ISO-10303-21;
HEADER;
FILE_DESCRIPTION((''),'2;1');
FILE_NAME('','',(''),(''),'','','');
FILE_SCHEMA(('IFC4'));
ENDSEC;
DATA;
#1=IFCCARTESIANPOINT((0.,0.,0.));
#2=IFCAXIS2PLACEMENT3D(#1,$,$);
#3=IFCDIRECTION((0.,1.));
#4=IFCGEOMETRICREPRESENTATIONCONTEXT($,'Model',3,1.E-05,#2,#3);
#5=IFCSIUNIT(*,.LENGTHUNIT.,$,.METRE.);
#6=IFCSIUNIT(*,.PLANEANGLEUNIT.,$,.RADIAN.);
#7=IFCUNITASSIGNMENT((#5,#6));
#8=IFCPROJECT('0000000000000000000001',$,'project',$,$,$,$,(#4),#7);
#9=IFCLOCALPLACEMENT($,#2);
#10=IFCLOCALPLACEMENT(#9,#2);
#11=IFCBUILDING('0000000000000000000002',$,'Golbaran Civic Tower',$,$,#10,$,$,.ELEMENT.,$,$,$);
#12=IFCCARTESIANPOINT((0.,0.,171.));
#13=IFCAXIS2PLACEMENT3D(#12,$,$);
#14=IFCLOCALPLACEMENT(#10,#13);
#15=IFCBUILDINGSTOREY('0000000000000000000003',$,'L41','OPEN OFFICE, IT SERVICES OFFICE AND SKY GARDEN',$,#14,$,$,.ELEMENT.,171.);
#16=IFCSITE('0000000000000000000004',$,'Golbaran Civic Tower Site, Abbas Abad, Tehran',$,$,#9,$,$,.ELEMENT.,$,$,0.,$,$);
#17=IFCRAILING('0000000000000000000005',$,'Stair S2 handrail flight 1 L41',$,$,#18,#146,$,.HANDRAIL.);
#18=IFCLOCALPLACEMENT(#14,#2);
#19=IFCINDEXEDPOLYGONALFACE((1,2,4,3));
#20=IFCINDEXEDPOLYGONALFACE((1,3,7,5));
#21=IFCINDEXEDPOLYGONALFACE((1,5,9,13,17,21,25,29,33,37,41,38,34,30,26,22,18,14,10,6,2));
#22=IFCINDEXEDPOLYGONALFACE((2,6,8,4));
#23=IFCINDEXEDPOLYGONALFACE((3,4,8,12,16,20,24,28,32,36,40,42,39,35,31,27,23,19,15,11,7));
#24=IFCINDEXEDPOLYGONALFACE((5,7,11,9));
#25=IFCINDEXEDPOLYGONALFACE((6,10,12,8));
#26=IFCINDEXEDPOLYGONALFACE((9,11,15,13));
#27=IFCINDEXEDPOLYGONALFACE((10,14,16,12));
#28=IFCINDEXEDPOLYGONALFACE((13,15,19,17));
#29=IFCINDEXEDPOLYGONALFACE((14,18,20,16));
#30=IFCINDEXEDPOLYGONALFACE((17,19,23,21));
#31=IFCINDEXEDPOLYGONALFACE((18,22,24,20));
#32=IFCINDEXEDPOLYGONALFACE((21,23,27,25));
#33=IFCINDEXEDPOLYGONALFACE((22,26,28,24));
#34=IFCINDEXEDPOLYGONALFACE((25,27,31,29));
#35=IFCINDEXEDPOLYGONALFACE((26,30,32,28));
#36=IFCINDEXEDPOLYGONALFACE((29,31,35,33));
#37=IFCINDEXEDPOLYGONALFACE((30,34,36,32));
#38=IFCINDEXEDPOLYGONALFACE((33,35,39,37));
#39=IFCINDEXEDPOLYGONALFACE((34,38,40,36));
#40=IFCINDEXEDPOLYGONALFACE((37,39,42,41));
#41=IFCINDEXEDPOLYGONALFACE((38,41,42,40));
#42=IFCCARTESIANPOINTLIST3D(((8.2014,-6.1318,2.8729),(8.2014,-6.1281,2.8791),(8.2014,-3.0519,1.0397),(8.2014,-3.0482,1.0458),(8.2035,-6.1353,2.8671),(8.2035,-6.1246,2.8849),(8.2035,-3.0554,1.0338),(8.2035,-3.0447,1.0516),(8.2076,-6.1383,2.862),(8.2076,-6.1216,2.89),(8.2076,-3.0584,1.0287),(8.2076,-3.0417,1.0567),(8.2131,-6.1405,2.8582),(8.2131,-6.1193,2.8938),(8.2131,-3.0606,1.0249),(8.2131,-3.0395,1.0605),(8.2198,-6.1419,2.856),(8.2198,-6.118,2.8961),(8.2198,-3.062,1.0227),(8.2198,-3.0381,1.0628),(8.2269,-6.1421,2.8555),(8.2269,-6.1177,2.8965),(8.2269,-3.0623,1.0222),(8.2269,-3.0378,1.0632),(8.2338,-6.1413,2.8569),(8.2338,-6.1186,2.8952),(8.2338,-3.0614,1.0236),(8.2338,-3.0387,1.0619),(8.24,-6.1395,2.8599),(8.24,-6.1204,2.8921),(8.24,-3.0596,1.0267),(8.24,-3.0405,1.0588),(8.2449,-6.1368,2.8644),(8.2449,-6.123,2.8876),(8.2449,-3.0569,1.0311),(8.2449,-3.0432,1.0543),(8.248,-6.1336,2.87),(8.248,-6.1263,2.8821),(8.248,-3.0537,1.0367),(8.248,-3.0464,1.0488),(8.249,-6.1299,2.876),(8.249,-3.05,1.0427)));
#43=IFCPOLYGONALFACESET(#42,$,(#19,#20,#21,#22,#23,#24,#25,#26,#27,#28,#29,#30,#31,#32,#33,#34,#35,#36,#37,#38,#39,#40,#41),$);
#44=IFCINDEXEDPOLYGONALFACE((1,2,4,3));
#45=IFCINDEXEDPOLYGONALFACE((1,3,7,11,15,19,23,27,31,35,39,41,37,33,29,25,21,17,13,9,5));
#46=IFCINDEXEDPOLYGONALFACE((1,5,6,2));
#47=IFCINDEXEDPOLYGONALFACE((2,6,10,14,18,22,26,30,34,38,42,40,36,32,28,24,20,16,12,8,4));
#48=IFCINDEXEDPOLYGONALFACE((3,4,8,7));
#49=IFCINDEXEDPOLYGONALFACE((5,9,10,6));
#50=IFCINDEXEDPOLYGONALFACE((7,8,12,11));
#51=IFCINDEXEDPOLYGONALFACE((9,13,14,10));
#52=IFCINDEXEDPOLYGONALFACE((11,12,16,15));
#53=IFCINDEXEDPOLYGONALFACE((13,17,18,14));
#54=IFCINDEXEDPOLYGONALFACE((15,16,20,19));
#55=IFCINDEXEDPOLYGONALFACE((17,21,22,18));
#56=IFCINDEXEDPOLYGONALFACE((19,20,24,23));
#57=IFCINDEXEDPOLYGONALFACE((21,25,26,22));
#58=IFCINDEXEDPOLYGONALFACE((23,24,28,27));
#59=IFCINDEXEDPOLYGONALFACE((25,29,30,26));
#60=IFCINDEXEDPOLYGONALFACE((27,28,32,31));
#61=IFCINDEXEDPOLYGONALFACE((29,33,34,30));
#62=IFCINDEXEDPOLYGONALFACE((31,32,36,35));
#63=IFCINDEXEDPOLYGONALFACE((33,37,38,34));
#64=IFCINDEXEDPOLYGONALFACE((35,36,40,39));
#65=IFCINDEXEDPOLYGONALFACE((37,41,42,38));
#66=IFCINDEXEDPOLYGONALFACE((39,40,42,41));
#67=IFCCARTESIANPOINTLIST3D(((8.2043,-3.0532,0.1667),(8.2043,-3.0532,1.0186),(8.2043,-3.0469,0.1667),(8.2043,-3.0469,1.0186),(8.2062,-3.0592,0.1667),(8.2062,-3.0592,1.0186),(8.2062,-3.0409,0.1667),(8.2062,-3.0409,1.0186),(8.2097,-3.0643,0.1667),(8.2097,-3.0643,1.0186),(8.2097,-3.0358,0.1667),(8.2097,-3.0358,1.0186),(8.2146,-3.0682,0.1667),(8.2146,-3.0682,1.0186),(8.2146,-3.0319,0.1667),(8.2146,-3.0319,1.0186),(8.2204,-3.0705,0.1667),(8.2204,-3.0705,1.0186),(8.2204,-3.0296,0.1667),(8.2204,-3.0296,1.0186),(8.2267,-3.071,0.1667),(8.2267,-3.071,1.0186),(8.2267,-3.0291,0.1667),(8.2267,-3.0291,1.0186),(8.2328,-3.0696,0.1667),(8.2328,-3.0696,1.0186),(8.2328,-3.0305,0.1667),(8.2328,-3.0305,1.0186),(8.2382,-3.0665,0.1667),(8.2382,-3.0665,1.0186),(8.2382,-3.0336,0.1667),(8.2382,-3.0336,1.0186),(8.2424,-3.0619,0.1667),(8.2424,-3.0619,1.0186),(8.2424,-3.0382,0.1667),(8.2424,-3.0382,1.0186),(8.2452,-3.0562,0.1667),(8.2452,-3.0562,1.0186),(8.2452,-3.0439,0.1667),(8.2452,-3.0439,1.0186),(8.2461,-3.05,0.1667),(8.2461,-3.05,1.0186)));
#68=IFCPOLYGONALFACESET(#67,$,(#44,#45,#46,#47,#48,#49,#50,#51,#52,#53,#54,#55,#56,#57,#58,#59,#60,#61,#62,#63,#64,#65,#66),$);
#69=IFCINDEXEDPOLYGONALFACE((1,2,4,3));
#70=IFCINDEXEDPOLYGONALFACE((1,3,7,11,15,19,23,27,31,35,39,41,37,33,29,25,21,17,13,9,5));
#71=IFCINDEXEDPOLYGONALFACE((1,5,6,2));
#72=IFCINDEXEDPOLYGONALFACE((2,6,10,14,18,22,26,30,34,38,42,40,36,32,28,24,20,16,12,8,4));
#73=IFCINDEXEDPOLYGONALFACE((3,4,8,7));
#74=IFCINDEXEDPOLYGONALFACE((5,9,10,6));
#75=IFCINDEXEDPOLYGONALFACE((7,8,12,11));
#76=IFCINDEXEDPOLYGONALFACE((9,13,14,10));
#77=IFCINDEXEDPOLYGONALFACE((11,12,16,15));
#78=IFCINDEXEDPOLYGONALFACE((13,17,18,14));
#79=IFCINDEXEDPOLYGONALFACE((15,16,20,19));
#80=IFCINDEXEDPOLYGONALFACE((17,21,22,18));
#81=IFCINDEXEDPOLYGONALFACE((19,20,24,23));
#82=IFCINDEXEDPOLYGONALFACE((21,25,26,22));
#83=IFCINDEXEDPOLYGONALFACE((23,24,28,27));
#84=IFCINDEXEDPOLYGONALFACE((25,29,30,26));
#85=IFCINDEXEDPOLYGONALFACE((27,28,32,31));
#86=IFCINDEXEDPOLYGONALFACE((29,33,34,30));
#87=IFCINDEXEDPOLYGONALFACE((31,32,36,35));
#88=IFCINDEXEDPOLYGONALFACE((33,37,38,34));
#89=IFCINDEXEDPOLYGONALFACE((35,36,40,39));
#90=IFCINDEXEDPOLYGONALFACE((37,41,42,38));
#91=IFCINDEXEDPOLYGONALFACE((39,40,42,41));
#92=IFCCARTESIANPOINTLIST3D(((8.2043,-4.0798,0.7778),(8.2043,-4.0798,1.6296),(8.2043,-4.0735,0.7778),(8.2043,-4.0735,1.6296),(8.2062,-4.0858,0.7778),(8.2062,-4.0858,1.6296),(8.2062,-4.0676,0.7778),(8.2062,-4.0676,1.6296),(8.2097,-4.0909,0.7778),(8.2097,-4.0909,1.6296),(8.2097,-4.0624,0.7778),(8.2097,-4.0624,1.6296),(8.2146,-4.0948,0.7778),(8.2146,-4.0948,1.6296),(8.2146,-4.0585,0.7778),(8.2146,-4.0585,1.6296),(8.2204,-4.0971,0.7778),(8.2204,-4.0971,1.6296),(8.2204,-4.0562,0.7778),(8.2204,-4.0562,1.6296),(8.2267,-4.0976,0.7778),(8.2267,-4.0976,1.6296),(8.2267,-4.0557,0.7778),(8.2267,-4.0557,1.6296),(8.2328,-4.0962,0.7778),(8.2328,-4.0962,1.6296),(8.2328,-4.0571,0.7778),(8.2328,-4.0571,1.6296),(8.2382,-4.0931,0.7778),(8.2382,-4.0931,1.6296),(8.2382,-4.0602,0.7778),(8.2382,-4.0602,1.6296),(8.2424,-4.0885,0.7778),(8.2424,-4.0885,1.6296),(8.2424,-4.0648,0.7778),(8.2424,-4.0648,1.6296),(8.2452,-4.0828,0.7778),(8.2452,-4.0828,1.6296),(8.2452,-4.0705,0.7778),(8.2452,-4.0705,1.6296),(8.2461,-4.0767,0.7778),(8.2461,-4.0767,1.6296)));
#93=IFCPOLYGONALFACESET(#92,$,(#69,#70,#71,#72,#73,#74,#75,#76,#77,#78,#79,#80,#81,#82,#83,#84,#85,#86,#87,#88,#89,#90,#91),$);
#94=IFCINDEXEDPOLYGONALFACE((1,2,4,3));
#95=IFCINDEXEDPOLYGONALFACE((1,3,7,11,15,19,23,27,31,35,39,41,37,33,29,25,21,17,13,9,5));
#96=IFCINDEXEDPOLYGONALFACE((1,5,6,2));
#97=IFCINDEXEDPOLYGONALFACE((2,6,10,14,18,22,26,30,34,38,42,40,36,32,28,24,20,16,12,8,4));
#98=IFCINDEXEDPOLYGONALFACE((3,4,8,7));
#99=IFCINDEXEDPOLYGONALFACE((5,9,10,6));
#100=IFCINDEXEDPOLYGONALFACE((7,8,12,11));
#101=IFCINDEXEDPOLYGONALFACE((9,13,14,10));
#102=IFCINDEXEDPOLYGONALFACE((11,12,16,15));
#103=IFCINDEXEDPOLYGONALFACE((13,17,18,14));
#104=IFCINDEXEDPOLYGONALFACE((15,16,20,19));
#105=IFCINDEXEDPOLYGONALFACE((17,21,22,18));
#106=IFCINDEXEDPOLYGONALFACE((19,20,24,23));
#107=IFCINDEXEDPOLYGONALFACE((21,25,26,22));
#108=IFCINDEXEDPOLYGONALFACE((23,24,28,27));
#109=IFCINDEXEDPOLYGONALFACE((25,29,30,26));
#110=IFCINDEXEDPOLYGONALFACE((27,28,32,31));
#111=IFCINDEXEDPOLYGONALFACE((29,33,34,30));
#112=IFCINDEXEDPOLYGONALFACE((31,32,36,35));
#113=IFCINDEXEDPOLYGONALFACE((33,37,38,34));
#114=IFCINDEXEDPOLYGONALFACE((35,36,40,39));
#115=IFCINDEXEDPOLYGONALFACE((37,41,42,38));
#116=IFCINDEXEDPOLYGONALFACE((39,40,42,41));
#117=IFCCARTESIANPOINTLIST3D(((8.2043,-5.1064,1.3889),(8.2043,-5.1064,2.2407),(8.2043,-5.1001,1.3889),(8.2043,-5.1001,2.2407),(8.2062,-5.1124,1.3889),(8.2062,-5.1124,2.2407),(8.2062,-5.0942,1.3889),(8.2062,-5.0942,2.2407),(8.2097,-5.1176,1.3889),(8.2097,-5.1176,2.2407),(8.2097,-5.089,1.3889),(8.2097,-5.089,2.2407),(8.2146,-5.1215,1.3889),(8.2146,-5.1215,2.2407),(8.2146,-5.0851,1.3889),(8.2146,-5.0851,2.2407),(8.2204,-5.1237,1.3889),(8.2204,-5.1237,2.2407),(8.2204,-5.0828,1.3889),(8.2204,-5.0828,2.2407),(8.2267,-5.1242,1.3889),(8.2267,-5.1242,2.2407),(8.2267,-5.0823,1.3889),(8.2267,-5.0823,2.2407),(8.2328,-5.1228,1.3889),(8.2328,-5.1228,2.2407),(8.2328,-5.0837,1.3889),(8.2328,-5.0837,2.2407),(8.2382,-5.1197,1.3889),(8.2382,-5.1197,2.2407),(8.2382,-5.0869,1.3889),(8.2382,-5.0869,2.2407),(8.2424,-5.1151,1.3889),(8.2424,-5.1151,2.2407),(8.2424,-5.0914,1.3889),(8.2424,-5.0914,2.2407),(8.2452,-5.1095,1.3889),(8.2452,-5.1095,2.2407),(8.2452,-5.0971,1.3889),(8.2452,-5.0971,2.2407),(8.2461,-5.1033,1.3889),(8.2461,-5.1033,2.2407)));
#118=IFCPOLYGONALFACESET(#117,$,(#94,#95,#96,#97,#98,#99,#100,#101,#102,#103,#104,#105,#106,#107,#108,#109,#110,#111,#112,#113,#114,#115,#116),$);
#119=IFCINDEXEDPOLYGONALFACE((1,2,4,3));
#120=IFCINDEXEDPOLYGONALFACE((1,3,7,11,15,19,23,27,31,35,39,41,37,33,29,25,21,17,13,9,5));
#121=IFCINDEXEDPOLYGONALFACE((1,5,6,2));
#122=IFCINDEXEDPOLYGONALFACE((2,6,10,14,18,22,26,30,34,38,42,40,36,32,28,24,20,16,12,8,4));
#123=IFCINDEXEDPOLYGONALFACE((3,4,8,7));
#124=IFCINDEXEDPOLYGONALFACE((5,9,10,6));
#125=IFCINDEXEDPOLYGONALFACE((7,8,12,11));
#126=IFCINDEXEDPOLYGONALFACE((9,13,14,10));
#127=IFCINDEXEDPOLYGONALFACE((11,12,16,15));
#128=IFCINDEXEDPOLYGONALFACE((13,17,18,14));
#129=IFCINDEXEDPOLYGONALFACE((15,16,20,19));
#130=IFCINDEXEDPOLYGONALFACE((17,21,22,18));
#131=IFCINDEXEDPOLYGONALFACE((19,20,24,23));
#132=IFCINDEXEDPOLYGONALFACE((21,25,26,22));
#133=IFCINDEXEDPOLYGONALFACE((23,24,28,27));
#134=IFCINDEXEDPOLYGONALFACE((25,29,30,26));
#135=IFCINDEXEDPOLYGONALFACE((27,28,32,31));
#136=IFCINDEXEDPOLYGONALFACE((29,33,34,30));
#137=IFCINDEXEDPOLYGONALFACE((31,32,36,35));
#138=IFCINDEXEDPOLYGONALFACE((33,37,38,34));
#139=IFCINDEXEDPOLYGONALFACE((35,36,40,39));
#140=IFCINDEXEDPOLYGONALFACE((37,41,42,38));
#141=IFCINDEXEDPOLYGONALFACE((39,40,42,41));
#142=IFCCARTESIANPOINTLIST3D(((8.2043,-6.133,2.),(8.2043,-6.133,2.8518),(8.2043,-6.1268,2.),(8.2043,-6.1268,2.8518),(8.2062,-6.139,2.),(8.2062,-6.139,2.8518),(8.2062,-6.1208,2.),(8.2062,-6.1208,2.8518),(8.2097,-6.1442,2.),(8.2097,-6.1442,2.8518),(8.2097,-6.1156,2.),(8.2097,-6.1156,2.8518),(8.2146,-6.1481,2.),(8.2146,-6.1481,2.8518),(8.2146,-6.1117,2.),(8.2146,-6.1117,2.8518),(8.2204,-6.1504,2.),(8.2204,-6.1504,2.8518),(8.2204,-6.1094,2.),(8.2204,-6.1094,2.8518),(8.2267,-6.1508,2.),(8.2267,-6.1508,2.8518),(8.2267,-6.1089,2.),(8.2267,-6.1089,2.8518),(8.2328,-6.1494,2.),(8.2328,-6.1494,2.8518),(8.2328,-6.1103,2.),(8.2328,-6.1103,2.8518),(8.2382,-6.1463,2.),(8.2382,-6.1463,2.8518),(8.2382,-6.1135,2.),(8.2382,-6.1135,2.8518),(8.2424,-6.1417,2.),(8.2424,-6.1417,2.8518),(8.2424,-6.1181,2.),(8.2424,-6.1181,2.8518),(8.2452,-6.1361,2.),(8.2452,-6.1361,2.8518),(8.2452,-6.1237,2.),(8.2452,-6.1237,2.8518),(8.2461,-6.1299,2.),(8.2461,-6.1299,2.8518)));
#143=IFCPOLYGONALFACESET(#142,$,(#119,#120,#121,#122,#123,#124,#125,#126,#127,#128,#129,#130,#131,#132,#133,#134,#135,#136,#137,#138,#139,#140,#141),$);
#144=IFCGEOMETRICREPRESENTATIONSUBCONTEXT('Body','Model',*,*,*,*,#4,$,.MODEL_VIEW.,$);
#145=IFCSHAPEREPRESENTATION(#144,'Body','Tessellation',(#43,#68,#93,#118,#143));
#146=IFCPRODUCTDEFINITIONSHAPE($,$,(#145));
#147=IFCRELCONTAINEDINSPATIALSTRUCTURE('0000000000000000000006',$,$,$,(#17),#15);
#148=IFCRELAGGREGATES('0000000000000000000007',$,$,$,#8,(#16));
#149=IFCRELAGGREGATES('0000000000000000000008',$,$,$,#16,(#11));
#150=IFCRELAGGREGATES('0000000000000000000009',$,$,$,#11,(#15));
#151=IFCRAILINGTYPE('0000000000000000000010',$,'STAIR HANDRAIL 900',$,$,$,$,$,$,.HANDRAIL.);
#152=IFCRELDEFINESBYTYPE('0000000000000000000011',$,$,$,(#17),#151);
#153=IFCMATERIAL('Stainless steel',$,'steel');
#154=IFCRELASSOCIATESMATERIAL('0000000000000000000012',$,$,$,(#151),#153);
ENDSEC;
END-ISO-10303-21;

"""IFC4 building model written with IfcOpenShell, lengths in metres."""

from ifc_helpers import new_model, si_unit, direction, frame, origin, origin_2d, place, context, subcontext, project, spatial, circle, extrude, material, type_object, element, save


model = new_model("IFC4")

# Units and contexts
model_context = context("Model", 3, precision=1e-05, world=origin(), true_north=direction((0.0, 1.0)))
body_context = subcontext(model_context, "Body", "Model", "MODEL_VIEW")
ifc_project = project(units=[si_unit("LENGTHUNIT", "METRE"), si_unit("PLANEANGLEUNIT", "RADIAN")], contexts=[model_context])

# Site, building, storey
site_placement = place(None, origin())
site = spatial("IfcSite", under=ifc_project, at=site_placement, Name="Golbaran Civic Tower Site, Abbas Abad, Tehran", CompositionType="ELEMENT", RefElevation=0.0)
building_placement = place(site_placement, origin())
building = spatial("IfcBuilding", under=site, at=building_placement, Name="Golbaran Civic Tower", CompositionType="ELEMENT")
storey_placement = place(building_placement, frame((0.0, 0.0, 171.0)))
storey = spatial("IfcBuildingStorey", under=building, at=storey_placement, Name="L41", Description="OPEN OFFICE, IT SERVICES OFFICE AND SKY GARDEN", CompositionType="ELEMENT", Elevation=171.0)

# Shared definitions
ifc_material_1 = material(Name="Stainless steel", Category="steel")

# Railing
railing_type = type_object("IfcRailingType", Name="STAIR HANDRAIL 900", PredefinedType="HANDRAIL", material=ifc_material_1)
railing_1_placement = place(storey_placement, frame((8.2251, -3.05, 0.1667)))
element("IfcRailing", 1, at=railing_1_placement, inside=storey, type_object=railing_type, Name="Stair S2 handrail flight 1 L41", PredefinedType="HANDRAIL", context=body_context, shape_type="SweptSolid", body=[
    extrude(circle(Radius=0.0239, at=origin_2d()), frame((0.0, 0.0, 0.876), z_axis=(0.0, -0.859291, 0.511487), x_axis=(1.0, 0.0, 0.0)), (0.0, 0.0, 1.0), 3.5842),
    extrude(circle(Radius=0.021, at=origin_2d()), origin(), (0.0, 0.0, 1.0), 0.8518),
    extrude(circle(Radius=0.021, at=origin_2d()), frame((0.0, -1.0266, 0.6111)), (0.0, 0.0, 1.0), 0.8518),
    extrude(circle(Radius=0.021, at=origin_2d()), frame((0.0, -2.0532, 1.2222)), (0.0, 0.0, 1.0), 0.8518),
    extrude(circle(Radius=0.021, at=origin_2d()), frame((0.0, -3.0798, 1.8333)), (0.0, 0.0, 1.0), 0.8518),
])

save(model, "model.ifc")
